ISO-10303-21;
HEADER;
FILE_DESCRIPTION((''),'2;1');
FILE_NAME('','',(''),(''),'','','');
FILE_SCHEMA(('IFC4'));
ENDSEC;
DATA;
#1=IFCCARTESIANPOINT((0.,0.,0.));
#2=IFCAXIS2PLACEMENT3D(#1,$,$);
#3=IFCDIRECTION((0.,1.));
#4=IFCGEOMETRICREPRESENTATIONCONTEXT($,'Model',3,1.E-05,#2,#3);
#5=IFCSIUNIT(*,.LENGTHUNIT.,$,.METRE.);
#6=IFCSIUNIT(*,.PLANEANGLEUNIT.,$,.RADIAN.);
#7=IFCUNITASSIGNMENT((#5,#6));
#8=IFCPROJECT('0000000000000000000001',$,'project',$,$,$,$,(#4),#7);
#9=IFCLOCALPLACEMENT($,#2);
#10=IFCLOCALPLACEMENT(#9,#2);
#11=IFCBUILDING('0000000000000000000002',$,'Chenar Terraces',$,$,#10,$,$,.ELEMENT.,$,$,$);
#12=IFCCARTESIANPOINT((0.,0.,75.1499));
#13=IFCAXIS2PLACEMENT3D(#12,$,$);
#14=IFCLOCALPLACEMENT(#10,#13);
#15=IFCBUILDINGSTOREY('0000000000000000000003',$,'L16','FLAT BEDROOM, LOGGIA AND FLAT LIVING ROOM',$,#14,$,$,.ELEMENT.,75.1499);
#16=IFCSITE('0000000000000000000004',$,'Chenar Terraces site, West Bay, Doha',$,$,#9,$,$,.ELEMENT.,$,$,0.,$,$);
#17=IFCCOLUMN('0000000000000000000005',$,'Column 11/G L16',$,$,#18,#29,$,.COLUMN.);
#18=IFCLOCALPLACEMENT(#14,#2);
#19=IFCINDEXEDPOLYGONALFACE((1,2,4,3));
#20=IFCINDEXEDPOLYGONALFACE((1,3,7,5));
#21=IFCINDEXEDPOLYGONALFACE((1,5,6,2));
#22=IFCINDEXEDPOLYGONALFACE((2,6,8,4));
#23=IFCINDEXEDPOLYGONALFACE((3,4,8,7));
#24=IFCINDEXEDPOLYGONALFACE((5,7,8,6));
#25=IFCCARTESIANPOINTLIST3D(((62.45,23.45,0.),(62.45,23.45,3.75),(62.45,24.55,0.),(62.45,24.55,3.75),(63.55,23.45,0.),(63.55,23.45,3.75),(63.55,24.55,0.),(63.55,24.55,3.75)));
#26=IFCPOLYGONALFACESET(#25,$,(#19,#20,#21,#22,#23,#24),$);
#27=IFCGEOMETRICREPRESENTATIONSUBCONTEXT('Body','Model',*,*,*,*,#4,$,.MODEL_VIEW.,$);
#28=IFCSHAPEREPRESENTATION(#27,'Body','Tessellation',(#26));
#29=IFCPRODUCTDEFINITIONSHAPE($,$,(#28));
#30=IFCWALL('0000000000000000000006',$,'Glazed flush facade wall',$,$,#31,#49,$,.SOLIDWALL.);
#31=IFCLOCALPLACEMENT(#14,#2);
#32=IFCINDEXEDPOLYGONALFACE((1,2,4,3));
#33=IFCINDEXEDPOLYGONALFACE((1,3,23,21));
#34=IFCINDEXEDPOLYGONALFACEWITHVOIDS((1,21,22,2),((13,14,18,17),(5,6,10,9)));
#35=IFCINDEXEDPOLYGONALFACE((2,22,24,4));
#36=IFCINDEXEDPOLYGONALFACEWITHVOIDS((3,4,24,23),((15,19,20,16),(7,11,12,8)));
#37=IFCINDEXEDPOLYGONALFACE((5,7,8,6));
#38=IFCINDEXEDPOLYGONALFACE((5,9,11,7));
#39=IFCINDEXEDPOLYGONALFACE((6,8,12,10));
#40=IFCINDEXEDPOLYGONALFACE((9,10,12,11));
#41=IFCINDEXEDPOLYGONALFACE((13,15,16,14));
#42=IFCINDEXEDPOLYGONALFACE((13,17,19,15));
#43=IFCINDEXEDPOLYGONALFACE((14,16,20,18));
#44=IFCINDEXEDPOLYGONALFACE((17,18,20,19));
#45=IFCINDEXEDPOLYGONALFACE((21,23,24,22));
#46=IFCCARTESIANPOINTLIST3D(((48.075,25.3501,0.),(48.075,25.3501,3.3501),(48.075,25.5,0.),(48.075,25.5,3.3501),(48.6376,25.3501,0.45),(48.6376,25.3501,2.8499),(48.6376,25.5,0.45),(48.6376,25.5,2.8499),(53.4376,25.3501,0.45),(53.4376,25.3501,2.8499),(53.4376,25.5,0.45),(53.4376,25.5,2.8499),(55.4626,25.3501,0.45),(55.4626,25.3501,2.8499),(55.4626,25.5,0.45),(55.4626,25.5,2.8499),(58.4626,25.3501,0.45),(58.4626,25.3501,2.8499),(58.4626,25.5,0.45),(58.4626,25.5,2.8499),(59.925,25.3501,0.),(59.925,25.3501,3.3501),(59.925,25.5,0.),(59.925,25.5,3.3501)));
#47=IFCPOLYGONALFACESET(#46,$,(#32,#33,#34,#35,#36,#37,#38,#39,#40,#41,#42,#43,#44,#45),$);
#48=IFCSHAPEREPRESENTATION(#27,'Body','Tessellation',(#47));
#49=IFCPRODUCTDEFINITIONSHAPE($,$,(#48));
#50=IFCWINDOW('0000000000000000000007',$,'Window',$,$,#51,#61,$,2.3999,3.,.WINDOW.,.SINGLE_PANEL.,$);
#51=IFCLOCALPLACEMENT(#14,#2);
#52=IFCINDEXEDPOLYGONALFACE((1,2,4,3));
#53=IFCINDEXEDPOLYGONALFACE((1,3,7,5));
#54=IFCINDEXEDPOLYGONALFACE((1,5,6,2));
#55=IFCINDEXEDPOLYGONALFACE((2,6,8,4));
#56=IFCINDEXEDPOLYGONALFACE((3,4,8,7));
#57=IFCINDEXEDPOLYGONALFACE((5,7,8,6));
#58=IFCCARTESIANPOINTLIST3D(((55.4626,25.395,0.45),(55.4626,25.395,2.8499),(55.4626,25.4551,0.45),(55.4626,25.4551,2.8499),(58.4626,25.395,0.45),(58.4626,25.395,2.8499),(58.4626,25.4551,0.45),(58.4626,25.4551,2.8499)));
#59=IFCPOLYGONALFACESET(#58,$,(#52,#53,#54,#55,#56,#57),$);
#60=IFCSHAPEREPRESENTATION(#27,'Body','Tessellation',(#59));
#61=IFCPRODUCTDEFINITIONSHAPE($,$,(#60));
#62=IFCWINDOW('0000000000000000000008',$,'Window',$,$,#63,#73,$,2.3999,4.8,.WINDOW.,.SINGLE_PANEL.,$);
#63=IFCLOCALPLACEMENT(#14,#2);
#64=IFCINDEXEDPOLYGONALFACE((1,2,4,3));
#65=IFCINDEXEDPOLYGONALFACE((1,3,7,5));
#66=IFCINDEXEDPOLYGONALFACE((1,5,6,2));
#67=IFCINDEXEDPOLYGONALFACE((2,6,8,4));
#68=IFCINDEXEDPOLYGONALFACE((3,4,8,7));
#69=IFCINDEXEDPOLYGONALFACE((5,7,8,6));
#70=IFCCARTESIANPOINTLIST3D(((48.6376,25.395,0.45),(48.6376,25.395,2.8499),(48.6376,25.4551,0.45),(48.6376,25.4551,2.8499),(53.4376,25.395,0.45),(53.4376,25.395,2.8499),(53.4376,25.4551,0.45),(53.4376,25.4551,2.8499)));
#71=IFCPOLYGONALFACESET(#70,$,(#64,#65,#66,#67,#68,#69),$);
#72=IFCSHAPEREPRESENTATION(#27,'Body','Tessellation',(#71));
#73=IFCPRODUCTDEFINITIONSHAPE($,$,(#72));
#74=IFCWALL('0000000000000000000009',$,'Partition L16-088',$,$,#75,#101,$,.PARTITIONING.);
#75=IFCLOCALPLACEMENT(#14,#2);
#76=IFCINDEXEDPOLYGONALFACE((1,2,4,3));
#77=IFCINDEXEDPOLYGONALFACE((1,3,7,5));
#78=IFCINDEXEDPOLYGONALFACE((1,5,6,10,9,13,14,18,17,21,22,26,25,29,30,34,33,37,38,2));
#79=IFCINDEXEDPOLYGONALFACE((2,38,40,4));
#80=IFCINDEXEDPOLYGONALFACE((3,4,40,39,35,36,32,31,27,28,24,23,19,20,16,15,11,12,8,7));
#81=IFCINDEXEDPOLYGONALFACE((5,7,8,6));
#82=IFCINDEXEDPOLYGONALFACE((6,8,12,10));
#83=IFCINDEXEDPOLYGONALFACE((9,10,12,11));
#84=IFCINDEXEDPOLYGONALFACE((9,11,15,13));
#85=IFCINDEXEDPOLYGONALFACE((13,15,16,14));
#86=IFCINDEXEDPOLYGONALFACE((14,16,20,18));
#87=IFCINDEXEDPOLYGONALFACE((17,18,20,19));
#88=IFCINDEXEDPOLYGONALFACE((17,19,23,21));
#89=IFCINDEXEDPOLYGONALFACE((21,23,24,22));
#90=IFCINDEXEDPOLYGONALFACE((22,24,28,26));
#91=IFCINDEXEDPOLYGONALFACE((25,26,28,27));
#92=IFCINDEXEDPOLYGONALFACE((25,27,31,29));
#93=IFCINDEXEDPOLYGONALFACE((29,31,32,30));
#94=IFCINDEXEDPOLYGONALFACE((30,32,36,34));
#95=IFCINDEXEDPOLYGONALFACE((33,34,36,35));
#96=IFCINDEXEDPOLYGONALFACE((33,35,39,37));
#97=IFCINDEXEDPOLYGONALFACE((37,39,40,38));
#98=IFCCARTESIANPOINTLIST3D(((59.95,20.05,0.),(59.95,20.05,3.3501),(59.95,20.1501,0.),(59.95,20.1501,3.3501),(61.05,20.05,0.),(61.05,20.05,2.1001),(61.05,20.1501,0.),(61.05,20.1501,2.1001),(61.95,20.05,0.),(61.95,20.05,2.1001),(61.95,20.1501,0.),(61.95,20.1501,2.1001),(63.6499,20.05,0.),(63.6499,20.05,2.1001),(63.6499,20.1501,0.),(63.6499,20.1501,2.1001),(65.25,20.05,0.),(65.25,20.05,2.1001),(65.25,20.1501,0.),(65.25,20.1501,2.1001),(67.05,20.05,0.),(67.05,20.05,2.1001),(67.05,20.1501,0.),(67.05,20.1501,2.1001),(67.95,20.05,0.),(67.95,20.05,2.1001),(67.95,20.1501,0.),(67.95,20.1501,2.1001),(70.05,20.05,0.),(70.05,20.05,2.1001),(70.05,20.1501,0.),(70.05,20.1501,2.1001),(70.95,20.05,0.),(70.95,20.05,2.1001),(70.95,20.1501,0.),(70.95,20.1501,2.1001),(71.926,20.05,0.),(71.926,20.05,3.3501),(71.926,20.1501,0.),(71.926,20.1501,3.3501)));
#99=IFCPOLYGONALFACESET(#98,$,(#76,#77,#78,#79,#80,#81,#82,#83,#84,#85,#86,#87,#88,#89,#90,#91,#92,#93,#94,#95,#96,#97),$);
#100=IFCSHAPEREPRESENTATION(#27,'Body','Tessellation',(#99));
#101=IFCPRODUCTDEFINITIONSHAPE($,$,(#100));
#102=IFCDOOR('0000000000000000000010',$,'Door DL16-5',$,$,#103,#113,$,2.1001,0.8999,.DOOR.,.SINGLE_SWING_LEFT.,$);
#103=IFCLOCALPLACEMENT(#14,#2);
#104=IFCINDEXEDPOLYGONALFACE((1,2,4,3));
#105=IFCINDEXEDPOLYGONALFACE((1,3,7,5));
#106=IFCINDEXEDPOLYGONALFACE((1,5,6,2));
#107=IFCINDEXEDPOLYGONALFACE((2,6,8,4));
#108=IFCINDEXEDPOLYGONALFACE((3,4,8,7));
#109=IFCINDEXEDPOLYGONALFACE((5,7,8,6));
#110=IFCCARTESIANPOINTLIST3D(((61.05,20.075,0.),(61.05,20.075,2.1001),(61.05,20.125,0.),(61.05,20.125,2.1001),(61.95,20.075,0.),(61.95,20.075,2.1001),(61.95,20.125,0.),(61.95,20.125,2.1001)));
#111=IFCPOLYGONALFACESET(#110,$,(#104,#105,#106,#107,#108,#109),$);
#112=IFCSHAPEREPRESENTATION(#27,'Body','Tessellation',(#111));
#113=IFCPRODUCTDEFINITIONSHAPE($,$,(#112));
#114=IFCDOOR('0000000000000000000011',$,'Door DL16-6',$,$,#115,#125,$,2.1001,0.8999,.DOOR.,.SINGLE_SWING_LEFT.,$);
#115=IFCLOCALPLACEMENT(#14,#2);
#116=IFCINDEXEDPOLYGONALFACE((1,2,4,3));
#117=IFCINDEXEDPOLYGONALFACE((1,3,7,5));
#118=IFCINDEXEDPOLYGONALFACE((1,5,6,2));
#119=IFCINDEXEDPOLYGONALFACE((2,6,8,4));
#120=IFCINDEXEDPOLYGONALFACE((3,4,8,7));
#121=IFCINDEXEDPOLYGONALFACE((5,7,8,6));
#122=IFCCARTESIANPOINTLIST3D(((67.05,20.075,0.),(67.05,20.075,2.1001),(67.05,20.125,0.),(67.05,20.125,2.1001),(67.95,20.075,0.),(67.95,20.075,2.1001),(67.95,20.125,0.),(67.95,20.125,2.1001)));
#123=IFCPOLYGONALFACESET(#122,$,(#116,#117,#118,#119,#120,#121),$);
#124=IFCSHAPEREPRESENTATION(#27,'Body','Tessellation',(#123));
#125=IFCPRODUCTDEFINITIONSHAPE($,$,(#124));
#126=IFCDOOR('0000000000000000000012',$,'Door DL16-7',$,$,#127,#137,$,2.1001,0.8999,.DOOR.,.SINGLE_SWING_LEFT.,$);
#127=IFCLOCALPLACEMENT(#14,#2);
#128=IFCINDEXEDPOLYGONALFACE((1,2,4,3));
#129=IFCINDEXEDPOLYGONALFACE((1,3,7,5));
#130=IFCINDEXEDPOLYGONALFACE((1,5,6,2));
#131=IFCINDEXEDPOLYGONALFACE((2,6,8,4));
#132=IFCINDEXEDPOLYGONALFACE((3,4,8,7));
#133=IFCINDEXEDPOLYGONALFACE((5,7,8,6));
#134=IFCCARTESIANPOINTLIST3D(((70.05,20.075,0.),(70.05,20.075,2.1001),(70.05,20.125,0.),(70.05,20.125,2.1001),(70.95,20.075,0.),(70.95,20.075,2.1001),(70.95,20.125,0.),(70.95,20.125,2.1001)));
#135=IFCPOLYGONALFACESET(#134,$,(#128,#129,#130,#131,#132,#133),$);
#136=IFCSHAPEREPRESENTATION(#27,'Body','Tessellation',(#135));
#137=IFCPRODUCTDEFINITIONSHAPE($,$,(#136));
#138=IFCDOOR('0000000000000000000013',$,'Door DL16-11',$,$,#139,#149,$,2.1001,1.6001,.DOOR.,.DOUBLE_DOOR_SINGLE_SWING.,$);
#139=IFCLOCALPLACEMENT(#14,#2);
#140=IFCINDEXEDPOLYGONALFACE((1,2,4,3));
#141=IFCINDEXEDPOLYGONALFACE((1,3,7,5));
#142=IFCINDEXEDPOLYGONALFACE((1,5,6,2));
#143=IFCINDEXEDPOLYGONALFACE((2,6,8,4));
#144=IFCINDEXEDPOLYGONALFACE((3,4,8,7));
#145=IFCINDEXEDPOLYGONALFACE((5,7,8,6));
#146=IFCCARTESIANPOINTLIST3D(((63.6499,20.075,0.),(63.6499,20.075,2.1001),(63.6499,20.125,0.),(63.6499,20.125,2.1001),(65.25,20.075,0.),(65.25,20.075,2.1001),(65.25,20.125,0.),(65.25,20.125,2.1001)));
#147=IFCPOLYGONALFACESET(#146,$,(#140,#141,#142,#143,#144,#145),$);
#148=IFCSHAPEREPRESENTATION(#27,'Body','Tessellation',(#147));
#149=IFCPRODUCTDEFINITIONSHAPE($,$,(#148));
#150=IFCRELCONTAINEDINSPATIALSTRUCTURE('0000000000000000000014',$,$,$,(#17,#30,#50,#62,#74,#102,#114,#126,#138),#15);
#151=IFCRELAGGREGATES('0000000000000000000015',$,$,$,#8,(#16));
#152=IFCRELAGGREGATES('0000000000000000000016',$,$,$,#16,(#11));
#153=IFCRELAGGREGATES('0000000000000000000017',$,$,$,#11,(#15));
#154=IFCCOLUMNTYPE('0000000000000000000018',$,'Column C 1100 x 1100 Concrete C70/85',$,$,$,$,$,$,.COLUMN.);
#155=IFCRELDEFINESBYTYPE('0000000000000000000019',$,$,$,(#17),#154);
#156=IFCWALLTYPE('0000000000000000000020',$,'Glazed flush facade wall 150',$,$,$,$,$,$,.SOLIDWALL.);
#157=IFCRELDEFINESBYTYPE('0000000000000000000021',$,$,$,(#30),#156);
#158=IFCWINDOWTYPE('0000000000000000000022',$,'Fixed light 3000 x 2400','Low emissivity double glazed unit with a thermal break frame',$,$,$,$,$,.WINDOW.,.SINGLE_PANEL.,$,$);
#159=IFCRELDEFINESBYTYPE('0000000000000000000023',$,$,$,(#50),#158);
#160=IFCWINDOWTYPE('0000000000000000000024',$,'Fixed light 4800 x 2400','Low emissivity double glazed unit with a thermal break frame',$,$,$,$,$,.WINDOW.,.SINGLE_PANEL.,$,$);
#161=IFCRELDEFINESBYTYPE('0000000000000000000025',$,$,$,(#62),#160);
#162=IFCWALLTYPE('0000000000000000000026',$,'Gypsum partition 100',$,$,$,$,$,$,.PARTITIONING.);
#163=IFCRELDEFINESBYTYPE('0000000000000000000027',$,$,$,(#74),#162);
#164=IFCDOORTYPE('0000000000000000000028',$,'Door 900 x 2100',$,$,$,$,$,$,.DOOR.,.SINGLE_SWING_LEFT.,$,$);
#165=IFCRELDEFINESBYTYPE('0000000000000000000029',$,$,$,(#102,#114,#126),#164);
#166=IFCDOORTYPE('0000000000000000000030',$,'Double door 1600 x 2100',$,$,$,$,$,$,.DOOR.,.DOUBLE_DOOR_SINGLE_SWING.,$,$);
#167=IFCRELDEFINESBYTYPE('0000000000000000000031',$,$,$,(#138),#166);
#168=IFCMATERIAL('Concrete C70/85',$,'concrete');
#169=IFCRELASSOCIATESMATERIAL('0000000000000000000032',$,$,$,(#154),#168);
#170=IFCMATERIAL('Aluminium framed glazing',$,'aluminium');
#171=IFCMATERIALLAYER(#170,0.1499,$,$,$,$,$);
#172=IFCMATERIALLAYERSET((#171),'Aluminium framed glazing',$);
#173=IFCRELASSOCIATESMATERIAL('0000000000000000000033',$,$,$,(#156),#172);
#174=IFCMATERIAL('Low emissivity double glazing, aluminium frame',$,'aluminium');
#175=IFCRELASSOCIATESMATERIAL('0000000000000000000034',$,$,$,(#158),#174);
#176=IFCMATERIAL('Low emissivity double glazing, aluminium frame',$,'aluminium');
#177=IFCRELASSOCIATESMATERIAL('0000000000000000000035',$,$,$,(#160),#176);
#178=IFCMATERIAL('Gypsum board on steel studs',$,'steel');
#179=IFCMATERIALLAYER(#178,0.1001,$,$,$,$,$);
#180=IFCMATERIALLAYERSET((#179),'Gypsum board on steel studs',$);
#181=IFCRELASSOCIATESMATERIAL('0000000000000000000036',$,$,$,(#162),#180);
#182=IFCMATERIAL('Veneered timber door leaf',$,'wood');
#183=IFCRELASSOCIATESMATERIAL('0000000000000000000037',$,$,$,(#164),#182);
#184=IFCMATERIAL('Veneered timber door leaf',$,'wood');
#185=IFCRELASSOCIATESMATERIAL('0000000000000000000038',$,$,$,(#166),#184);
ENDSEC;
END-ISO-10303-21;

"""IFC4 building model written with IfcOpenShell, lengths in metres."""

from ifc_helpers import new_model, si_unit, direction, frame, frame_2d, origin, origin_2d, place, context, subcontext, project, spatial, rectangle, extrude, material, layer, layer_set, material_profile, profile_set, type_object, element, fill, save


model = new_model("IFC4")

# Units and contexts
model_context = context("Model", 3, precision=1e-05, world=origin(), true_north=direction((0.0, 1.0)))
body_context = subcontext(model_context, "Body", "Model", "MODEL_VIEW")
ifc_project = project(units=[si_unit("LENGTHUNIT", "METRE"), si_unit("PLANEANGLEUNIT", "RADIAN")], contexts=[model_context])

# Site, building, storey
site_placement = place(None, origin())
site = spatial("IfcSite", under=ifc_project, at=site_placement, Name="Chenar Terraces site, West Bay, Doha", CompositionType="ELEMENT", RefElevation=0.0)
building_placement = place(site_placement, origin())
building = spatial("IfcBuilding", under=site, at=building_placement, Name="Chenar Terraces", CompositionType="ELEMENT")
storey_placement = place(building_placement, frame((0.0, 0.0, 75.1499)))
storey = spatial("IfcBuildingStorey", under=building, at=storey_placement, Name="L16", Description="FLAT BEDROOM, LOGGIA AND FLAT LIVING ROOM", CompositionType="ELEMENT", Elevation=75.1499)

# Column
ifc_material_1 = material(Name="Concrete C70/85", Category="concrete")
ifc_material_profile = material_profile(ifc_material_1, rectangle(XDim=1.1001, YDim=1.1001, at=origin_2d()), Name="C 1100 x 1100")
ifc_profile_set = profile_set([ifc_material_profile], Name="Concrete C70/85")
column_type = type_object("IfcColumnType", Name="Column C 1100 x 1100 Concrete C70/85", PredefinedType="COLUMN", material=ifc_profile_set)
column_placement = place(storey_placement, frame((63.0, 24.0, 0.0), z_axis=(0.0, 0.0, 1.0), x_axis=(1.0, 0.0, 0.0)))
element("IfcColumn", 1, at=column_placement, inside=storey, type_object=column_type, Name="Column 11/G L16", PredefinedType="COLUMN", context=body_context, shape_type="SweptSolid", body=[
    extrude(rectangle(XDim=1.1001, YDim=1.1001, at=origin_2d()), origin(), (0.0, 0.0, 1.0), 3.75),
])

# Wall, openings, windows
ifc_material_2 = material(Name="Aluminium framed glazing", Category="aluminium")
ifc_layer_1 = layer(ifc_material_2, 0.1499)
ifc_layer_set_1 = layer_set([ifc_layer_1], Name="Aluminium framed glazing")
wall_type_1 = type_object("IfcWallType", Name="Glazed flush facade wall 150", PredefinedType="SOLIDWALL", material=ifc_layer_set_1)
wall_1_placement = place(storey_placement, frame((59.925, 25.425, 0.0), z_axis=(0.0, 0.0, 1.0), x_axis=(-1.0, 0.0, 0.0)))
wall_1 = element("IfcWall", 2, at=wall_1_placement, inside=storey, type_object=wall_type_1, Name="Glazed flush facade wall", PredefinedType="SOLIDWALL", context=body_context, shape_type="SweptSolid", body=[
    extrude(rectangle(XDim=11.8501, YDim=0.1499, at=frame_2d((5.925, 0.0))), origin(), (0.0, 0.0, 1.0), 3.3501),
])
opening_1_placement = place(wall_1_placement, frame((1.4624, 0.0, 0.45)))
opening_1 = element("IfcOpeningElement", 3, at=opening_1_placement, cuts=wall_1, PredefinedType="OPENING", context=body_context, shape_type="SweptSolid", body=[
    extrude(rectangle(XDim=3.0, YDim=2.3999, at=frame_2d((1.5, 1.2))), frame((0.0, 0.085, 0.0), z_axis=(0.0, -1.0, 0.0), x_axis=(1.0, 0.0, 0.0)), (0.0, 0.0, 1.0), 0.1699),
])
opening_2_placement = place(wall_1_placement, frame((6.4875, 0.0, 0.45)))
opening_2 = element("IfcOpeningElement", 4, at=opening_2_placement, cuts=wall_1, PredefinedType="OPENING", context=body_context, shape_type="SweptSolid", body=[
    extrude(rectangle(XDim=4.8, YDim=2.3999, at=frame_2d((2.3999, 1.2))), frame((0.0, 0.085, 0.0), z_axis=(0.0, -1.0, 0.0), x_axis=(1.0, 0.0, 0.0)), (0.0, 0.0, 1.0), 0.1699),
])
ifc_material_3 = material(Name="Low emissivity double glazing, aluminium frame", Category="aluminium")
window_type_1 = type_object("IfcWindowType", Name="Fixed light 3000 x 2400", Description="Low emissivity double glazed unit with a thermal break frame", PartitioningType="SINGLE_PANEL", PredefinedType="WINDOW", material=ifc_material_3)
window_1_placement = place(opening_1_placement, origin())
window_1 = element("IfcWindow", 5, at=window_1_placement, inside=storey, type_object=window_type_1, Name="Window", OverallHeight=2.3999, OverallWidth=3.0, PartitioningType="SINGLE_PANEL", PredefinedType="WINDOW", context=body_context, shape_type="SweptSolid", body=[
    extrude(rectangle(XDim=3.0, YDim=2.3999, at=frame_2d((1.5, 1.2))), frame((0.0, 0.03, 0.0), z_axis=(0.0, -1.0, 0.0), x_axis=(1.0, 0.0, 0.0)), (0.0, 0.0, 1.0), 0.0601),
])
fill(opening_1, window_1)
ifc_material_4 = material(Name="Low emissivity double glazing, aluminium frame", Category="aluminium")
window_type_2 = type_object("IfcWindowType", Name="Fixed light 4800 x 2400", Description="Low emissivity double glazed unit with a thermal break frame", PartitioningType="SINGLE_PANEL", PredefinedType="WINDOW", material=ifc_material_4)
window_2_placement = place(opening_2_placement, origin())
window_2 = element("IfcWindow", 6, at=window_2_placement, inside=storey, type_object=window_type_2, Name="Window", OverallHeight=2.3999, OverallWidth=4.8, PartitioningType="SINGLE_PANEL", PredefinedType="WINDOW", context=body_context, shape_type="SweptSolid", body=[
    extrude(rectangle(XDim=4.8, YDim=2.3999, at=frame_2d((2.3999, 1.2))), frame((0.0, 0.03, 0.0), z_axis=(0.0, -1.0, 0.0), x_axis=(1.0, 0.0, 0.0)), (0.0, 0.0, 1.0), 0.0601),
])
fill(opening_2, window_2)

# Wall, openings, doors
ifc_material_5 = material(Name="Gypsum board on steel studs", Category="steel")
ifc_layer_2 = layer(ifc_material_5, 0.1001)
ifc_layer_set_2 = layer_set([ifc_layer_2], Name="Gypsum board on steel studs")
wall_type_2 = type_object("IfcWallType", Name="Gypsum partition 100", PredefinedType="PARTITIONING", material=ifc_layer_set_2)
wall_2_placement = place(storey_placement, frame((59.95, 20.1001, 0.0), z_axis=(0.0, 0.0, 1.0), x_axis=(1.0, 0.0, 0.0)))
wall_2 = element("IfcWall", 7, at=wall_2_placement, inside=storey, type_object=wall_type_2, Name="Partition L16-088", PredefinedType="PARTITIONING", context=body_context, shape_type="SweptSolid", body=[
    extrude(rectangle(XDim=11.9761, YDim=0.1001, at=frame_2d((5.988, 0.0))), origin(), (0.0, 0.0, 1.0), 3.3501),
])
opening_3_placement = place(wall_2_placement, frame((1.1001, 0.0, 0.0)))
opening_3 = element("IfcOpeningElement", 8, at=opening_3_placement, cuts=wall_2, PredefinedType="OPENING", context=body_context, shape_type="SweptSolid", body=[
    extrude(rectangle(XDim=0.8999, YDim=2.1001, at=frame_2d((0.45, 1.05))), frame((0.0, 0.0601, 0.0), z_axis=(0.0, -1.0, 0.0), x_axis=(1.0, 0.0, 0.0)), (0.0, 0.0, 1.0), 0.1201),
])
opening_4_placement = place(wall_2_placement, frame((7.1001, 0.0, 0.0)))
opening_4 = element("IfcOpeningElement", 9, at=opening_4_placement, cuts=wall_2, PredefinedType="OPENING", context=body_context, shape_type="SweptSolid", body=[
    extrude(rectangle(XDim=0.8999, YDim=2.1001, at=frame_2d((0.45, 1.05))), frame((0.0, 0.0601, 0.0), z_axis=(0.0, -1.0, 0.0), x_axis=(1.0, 0.0, 0.0)), (0.0, 0.0, 1.0), 0.1201),
])
opening_5_placement = place(wall_2_placement, frame((10.1001, 0.0, 0.0)))
opening_5 = element("IfcOpeningElement", 10, at=opening_5_placement, cuts=wall_2, PredefinedType="OPENING", context=body_context, shape_type="SweptSolid", body=[
    extrude(rectangle(XDim=0.8999, YDim=2.1001, at=frame_2d((0.45, 1.05))), frame((0.0, 0.0601, 0.0), z_axis=(0.0, -1.0, 0.0), x_axis=(1.0, 0.0, 0.0)), (0.0, 0.0, 1.0), 0.1201),
])
opening_6_placement = place(wall_2_placement, frame((3.7, 0.0, 0.0)))
opening_6 = element("IfcOpeningElement", 11, at=opening_6_placement, cuts=wall_2, PredefinedType="OPENING", context=body_context, shape_type="SweptSolid", body=[
    extrude(rectangle(XDim=1.6001, YDim=2.1001, at=frame_2d((0.8, 1.05))), frame((0.0, 0.0601, 0.0), z_axis=(0.0, -1.0, 0.0), x_axis=(1.0, 0.0, 0.0)), (0.0, 0.0, 1.0), 0.1201),
])
ifc_material_6 = material(Name="Veneered timber door leaf", Category="wood")
door_type_1 = type_object("IfcDoorType", Name="Door 900 x 2100", OperationType="SINGLE_SWING_LEFT", PredefinedType="DOOR", material=ifc_material_6)
door_1_placement = place(opening_3_placement, origin())
door_1 = element("IfcDoor", 12, at=door_1_placement, inside=storey, type_object=door_type_1, Name="Door DL16-5", OperationType="SINGLE_SWING_LEFT", OverallHeight=2.1001, OverallWidth=0.8999, PredefinedType="DOOR", context=body_context, shape_type="SweptSolid", body=[
    extrude(rectangle(XDim=0.8999, YDim=2.1001, at=frame_2d((0.45, 1.05))), frame((0.0, 0.0249, 0.0), z_axis=(0.0, -1.0, 0.0), x_axis=(1.0, 0.0, 0.0)), (0.0, 0.0, 1.0), 0.05),
])
fill(opening_3, door_1)
door_2_placement = place(opening_4_placement, origin())
door_2 = element("IfcDoor", 13, at=door_2_placement, inside=storey, type_object=door_type_1, Name="Door DL16-6", OperationType="SINGLE_SWING_LEFT", OverallHeight=2.1001, OverallWidth=0.8999, PredefinedType="DOOR", context=body_context, shape_type="SweptSolid", body=[
    extrude(rectangle(XDim=0.8999, YDim=2.1001, at=frame_2d((0.45, 1.05))), frame((0.0, 0.0249, 0.0), z_axis=(0.0, -1.0, 0.0), x_axis=(1.0, 0.0, 0.0)), (0.0, 0.0, 1.0), 0.05),
])
fill(opening_4, door_2)
door_3_placement = place(opening_5_placement, origin())
door_3 = element("IfcDoor", 14, at=door_3_placement, inside=storey, type_object=door_type_1, Name="Door DL16-7", OperationType="SINGLE_SWING_LEFT", OverallHeight=2.1001, OverallWidth=0.8999, PredefinedType="DOOR", context=body_context, shape_type="SweptSolid", body=[
    extrude(rectangle(XDim=0.8999, YDim=2.1001, at=frame_2d((0.45, 1.05))), frame((0.0, 0.0249, 0.0), z_axis=(0.0, -1.0, 0.0), x_axis=(1.0, 0.0, 0.0)), (0.0, 0.0, 1.0), 0.05),
])
fill(opening_5, door_3)
ifc_material_7 = material(Name="Veneered timber door leaf", Category="wood")
door_type_2 = type_object("IfcDoorType", Name="Double door 1600 x 2100", OperationType="DOUBLE_DOOR_SINGLE_SWING", PredefinedType="DOOR", material=ifc_material_7)
door_4_placement = place(opening_6_placement, origin())
door_4 = element("IfcDoor", 15, at=door_4_placement, inside=storey, type_object=door_type_2, Name="Door DL16-11", OperationType="DOUBLE_DOOR_SINGLE_SWING", OverallHeight=2.1001, OverallWidth=1.6001, PredefinedType="DOOR", context=body_context, shape_type="SweptSolid", body=[
    extrude(rectangle(XDim=1.6001, YDim=2.1001, at=frame_2d((0.8, 1.05))), frame((0.0, 0.0249, 0.0), z_axis=(0.0, -1.0, 0.0), x_axis=(1.0, 0.0, 0.0)), (0.0, 0.0, 1.0), 0.05),
])
fill(opening_6, door_4)

save(model, "model.ifc")
